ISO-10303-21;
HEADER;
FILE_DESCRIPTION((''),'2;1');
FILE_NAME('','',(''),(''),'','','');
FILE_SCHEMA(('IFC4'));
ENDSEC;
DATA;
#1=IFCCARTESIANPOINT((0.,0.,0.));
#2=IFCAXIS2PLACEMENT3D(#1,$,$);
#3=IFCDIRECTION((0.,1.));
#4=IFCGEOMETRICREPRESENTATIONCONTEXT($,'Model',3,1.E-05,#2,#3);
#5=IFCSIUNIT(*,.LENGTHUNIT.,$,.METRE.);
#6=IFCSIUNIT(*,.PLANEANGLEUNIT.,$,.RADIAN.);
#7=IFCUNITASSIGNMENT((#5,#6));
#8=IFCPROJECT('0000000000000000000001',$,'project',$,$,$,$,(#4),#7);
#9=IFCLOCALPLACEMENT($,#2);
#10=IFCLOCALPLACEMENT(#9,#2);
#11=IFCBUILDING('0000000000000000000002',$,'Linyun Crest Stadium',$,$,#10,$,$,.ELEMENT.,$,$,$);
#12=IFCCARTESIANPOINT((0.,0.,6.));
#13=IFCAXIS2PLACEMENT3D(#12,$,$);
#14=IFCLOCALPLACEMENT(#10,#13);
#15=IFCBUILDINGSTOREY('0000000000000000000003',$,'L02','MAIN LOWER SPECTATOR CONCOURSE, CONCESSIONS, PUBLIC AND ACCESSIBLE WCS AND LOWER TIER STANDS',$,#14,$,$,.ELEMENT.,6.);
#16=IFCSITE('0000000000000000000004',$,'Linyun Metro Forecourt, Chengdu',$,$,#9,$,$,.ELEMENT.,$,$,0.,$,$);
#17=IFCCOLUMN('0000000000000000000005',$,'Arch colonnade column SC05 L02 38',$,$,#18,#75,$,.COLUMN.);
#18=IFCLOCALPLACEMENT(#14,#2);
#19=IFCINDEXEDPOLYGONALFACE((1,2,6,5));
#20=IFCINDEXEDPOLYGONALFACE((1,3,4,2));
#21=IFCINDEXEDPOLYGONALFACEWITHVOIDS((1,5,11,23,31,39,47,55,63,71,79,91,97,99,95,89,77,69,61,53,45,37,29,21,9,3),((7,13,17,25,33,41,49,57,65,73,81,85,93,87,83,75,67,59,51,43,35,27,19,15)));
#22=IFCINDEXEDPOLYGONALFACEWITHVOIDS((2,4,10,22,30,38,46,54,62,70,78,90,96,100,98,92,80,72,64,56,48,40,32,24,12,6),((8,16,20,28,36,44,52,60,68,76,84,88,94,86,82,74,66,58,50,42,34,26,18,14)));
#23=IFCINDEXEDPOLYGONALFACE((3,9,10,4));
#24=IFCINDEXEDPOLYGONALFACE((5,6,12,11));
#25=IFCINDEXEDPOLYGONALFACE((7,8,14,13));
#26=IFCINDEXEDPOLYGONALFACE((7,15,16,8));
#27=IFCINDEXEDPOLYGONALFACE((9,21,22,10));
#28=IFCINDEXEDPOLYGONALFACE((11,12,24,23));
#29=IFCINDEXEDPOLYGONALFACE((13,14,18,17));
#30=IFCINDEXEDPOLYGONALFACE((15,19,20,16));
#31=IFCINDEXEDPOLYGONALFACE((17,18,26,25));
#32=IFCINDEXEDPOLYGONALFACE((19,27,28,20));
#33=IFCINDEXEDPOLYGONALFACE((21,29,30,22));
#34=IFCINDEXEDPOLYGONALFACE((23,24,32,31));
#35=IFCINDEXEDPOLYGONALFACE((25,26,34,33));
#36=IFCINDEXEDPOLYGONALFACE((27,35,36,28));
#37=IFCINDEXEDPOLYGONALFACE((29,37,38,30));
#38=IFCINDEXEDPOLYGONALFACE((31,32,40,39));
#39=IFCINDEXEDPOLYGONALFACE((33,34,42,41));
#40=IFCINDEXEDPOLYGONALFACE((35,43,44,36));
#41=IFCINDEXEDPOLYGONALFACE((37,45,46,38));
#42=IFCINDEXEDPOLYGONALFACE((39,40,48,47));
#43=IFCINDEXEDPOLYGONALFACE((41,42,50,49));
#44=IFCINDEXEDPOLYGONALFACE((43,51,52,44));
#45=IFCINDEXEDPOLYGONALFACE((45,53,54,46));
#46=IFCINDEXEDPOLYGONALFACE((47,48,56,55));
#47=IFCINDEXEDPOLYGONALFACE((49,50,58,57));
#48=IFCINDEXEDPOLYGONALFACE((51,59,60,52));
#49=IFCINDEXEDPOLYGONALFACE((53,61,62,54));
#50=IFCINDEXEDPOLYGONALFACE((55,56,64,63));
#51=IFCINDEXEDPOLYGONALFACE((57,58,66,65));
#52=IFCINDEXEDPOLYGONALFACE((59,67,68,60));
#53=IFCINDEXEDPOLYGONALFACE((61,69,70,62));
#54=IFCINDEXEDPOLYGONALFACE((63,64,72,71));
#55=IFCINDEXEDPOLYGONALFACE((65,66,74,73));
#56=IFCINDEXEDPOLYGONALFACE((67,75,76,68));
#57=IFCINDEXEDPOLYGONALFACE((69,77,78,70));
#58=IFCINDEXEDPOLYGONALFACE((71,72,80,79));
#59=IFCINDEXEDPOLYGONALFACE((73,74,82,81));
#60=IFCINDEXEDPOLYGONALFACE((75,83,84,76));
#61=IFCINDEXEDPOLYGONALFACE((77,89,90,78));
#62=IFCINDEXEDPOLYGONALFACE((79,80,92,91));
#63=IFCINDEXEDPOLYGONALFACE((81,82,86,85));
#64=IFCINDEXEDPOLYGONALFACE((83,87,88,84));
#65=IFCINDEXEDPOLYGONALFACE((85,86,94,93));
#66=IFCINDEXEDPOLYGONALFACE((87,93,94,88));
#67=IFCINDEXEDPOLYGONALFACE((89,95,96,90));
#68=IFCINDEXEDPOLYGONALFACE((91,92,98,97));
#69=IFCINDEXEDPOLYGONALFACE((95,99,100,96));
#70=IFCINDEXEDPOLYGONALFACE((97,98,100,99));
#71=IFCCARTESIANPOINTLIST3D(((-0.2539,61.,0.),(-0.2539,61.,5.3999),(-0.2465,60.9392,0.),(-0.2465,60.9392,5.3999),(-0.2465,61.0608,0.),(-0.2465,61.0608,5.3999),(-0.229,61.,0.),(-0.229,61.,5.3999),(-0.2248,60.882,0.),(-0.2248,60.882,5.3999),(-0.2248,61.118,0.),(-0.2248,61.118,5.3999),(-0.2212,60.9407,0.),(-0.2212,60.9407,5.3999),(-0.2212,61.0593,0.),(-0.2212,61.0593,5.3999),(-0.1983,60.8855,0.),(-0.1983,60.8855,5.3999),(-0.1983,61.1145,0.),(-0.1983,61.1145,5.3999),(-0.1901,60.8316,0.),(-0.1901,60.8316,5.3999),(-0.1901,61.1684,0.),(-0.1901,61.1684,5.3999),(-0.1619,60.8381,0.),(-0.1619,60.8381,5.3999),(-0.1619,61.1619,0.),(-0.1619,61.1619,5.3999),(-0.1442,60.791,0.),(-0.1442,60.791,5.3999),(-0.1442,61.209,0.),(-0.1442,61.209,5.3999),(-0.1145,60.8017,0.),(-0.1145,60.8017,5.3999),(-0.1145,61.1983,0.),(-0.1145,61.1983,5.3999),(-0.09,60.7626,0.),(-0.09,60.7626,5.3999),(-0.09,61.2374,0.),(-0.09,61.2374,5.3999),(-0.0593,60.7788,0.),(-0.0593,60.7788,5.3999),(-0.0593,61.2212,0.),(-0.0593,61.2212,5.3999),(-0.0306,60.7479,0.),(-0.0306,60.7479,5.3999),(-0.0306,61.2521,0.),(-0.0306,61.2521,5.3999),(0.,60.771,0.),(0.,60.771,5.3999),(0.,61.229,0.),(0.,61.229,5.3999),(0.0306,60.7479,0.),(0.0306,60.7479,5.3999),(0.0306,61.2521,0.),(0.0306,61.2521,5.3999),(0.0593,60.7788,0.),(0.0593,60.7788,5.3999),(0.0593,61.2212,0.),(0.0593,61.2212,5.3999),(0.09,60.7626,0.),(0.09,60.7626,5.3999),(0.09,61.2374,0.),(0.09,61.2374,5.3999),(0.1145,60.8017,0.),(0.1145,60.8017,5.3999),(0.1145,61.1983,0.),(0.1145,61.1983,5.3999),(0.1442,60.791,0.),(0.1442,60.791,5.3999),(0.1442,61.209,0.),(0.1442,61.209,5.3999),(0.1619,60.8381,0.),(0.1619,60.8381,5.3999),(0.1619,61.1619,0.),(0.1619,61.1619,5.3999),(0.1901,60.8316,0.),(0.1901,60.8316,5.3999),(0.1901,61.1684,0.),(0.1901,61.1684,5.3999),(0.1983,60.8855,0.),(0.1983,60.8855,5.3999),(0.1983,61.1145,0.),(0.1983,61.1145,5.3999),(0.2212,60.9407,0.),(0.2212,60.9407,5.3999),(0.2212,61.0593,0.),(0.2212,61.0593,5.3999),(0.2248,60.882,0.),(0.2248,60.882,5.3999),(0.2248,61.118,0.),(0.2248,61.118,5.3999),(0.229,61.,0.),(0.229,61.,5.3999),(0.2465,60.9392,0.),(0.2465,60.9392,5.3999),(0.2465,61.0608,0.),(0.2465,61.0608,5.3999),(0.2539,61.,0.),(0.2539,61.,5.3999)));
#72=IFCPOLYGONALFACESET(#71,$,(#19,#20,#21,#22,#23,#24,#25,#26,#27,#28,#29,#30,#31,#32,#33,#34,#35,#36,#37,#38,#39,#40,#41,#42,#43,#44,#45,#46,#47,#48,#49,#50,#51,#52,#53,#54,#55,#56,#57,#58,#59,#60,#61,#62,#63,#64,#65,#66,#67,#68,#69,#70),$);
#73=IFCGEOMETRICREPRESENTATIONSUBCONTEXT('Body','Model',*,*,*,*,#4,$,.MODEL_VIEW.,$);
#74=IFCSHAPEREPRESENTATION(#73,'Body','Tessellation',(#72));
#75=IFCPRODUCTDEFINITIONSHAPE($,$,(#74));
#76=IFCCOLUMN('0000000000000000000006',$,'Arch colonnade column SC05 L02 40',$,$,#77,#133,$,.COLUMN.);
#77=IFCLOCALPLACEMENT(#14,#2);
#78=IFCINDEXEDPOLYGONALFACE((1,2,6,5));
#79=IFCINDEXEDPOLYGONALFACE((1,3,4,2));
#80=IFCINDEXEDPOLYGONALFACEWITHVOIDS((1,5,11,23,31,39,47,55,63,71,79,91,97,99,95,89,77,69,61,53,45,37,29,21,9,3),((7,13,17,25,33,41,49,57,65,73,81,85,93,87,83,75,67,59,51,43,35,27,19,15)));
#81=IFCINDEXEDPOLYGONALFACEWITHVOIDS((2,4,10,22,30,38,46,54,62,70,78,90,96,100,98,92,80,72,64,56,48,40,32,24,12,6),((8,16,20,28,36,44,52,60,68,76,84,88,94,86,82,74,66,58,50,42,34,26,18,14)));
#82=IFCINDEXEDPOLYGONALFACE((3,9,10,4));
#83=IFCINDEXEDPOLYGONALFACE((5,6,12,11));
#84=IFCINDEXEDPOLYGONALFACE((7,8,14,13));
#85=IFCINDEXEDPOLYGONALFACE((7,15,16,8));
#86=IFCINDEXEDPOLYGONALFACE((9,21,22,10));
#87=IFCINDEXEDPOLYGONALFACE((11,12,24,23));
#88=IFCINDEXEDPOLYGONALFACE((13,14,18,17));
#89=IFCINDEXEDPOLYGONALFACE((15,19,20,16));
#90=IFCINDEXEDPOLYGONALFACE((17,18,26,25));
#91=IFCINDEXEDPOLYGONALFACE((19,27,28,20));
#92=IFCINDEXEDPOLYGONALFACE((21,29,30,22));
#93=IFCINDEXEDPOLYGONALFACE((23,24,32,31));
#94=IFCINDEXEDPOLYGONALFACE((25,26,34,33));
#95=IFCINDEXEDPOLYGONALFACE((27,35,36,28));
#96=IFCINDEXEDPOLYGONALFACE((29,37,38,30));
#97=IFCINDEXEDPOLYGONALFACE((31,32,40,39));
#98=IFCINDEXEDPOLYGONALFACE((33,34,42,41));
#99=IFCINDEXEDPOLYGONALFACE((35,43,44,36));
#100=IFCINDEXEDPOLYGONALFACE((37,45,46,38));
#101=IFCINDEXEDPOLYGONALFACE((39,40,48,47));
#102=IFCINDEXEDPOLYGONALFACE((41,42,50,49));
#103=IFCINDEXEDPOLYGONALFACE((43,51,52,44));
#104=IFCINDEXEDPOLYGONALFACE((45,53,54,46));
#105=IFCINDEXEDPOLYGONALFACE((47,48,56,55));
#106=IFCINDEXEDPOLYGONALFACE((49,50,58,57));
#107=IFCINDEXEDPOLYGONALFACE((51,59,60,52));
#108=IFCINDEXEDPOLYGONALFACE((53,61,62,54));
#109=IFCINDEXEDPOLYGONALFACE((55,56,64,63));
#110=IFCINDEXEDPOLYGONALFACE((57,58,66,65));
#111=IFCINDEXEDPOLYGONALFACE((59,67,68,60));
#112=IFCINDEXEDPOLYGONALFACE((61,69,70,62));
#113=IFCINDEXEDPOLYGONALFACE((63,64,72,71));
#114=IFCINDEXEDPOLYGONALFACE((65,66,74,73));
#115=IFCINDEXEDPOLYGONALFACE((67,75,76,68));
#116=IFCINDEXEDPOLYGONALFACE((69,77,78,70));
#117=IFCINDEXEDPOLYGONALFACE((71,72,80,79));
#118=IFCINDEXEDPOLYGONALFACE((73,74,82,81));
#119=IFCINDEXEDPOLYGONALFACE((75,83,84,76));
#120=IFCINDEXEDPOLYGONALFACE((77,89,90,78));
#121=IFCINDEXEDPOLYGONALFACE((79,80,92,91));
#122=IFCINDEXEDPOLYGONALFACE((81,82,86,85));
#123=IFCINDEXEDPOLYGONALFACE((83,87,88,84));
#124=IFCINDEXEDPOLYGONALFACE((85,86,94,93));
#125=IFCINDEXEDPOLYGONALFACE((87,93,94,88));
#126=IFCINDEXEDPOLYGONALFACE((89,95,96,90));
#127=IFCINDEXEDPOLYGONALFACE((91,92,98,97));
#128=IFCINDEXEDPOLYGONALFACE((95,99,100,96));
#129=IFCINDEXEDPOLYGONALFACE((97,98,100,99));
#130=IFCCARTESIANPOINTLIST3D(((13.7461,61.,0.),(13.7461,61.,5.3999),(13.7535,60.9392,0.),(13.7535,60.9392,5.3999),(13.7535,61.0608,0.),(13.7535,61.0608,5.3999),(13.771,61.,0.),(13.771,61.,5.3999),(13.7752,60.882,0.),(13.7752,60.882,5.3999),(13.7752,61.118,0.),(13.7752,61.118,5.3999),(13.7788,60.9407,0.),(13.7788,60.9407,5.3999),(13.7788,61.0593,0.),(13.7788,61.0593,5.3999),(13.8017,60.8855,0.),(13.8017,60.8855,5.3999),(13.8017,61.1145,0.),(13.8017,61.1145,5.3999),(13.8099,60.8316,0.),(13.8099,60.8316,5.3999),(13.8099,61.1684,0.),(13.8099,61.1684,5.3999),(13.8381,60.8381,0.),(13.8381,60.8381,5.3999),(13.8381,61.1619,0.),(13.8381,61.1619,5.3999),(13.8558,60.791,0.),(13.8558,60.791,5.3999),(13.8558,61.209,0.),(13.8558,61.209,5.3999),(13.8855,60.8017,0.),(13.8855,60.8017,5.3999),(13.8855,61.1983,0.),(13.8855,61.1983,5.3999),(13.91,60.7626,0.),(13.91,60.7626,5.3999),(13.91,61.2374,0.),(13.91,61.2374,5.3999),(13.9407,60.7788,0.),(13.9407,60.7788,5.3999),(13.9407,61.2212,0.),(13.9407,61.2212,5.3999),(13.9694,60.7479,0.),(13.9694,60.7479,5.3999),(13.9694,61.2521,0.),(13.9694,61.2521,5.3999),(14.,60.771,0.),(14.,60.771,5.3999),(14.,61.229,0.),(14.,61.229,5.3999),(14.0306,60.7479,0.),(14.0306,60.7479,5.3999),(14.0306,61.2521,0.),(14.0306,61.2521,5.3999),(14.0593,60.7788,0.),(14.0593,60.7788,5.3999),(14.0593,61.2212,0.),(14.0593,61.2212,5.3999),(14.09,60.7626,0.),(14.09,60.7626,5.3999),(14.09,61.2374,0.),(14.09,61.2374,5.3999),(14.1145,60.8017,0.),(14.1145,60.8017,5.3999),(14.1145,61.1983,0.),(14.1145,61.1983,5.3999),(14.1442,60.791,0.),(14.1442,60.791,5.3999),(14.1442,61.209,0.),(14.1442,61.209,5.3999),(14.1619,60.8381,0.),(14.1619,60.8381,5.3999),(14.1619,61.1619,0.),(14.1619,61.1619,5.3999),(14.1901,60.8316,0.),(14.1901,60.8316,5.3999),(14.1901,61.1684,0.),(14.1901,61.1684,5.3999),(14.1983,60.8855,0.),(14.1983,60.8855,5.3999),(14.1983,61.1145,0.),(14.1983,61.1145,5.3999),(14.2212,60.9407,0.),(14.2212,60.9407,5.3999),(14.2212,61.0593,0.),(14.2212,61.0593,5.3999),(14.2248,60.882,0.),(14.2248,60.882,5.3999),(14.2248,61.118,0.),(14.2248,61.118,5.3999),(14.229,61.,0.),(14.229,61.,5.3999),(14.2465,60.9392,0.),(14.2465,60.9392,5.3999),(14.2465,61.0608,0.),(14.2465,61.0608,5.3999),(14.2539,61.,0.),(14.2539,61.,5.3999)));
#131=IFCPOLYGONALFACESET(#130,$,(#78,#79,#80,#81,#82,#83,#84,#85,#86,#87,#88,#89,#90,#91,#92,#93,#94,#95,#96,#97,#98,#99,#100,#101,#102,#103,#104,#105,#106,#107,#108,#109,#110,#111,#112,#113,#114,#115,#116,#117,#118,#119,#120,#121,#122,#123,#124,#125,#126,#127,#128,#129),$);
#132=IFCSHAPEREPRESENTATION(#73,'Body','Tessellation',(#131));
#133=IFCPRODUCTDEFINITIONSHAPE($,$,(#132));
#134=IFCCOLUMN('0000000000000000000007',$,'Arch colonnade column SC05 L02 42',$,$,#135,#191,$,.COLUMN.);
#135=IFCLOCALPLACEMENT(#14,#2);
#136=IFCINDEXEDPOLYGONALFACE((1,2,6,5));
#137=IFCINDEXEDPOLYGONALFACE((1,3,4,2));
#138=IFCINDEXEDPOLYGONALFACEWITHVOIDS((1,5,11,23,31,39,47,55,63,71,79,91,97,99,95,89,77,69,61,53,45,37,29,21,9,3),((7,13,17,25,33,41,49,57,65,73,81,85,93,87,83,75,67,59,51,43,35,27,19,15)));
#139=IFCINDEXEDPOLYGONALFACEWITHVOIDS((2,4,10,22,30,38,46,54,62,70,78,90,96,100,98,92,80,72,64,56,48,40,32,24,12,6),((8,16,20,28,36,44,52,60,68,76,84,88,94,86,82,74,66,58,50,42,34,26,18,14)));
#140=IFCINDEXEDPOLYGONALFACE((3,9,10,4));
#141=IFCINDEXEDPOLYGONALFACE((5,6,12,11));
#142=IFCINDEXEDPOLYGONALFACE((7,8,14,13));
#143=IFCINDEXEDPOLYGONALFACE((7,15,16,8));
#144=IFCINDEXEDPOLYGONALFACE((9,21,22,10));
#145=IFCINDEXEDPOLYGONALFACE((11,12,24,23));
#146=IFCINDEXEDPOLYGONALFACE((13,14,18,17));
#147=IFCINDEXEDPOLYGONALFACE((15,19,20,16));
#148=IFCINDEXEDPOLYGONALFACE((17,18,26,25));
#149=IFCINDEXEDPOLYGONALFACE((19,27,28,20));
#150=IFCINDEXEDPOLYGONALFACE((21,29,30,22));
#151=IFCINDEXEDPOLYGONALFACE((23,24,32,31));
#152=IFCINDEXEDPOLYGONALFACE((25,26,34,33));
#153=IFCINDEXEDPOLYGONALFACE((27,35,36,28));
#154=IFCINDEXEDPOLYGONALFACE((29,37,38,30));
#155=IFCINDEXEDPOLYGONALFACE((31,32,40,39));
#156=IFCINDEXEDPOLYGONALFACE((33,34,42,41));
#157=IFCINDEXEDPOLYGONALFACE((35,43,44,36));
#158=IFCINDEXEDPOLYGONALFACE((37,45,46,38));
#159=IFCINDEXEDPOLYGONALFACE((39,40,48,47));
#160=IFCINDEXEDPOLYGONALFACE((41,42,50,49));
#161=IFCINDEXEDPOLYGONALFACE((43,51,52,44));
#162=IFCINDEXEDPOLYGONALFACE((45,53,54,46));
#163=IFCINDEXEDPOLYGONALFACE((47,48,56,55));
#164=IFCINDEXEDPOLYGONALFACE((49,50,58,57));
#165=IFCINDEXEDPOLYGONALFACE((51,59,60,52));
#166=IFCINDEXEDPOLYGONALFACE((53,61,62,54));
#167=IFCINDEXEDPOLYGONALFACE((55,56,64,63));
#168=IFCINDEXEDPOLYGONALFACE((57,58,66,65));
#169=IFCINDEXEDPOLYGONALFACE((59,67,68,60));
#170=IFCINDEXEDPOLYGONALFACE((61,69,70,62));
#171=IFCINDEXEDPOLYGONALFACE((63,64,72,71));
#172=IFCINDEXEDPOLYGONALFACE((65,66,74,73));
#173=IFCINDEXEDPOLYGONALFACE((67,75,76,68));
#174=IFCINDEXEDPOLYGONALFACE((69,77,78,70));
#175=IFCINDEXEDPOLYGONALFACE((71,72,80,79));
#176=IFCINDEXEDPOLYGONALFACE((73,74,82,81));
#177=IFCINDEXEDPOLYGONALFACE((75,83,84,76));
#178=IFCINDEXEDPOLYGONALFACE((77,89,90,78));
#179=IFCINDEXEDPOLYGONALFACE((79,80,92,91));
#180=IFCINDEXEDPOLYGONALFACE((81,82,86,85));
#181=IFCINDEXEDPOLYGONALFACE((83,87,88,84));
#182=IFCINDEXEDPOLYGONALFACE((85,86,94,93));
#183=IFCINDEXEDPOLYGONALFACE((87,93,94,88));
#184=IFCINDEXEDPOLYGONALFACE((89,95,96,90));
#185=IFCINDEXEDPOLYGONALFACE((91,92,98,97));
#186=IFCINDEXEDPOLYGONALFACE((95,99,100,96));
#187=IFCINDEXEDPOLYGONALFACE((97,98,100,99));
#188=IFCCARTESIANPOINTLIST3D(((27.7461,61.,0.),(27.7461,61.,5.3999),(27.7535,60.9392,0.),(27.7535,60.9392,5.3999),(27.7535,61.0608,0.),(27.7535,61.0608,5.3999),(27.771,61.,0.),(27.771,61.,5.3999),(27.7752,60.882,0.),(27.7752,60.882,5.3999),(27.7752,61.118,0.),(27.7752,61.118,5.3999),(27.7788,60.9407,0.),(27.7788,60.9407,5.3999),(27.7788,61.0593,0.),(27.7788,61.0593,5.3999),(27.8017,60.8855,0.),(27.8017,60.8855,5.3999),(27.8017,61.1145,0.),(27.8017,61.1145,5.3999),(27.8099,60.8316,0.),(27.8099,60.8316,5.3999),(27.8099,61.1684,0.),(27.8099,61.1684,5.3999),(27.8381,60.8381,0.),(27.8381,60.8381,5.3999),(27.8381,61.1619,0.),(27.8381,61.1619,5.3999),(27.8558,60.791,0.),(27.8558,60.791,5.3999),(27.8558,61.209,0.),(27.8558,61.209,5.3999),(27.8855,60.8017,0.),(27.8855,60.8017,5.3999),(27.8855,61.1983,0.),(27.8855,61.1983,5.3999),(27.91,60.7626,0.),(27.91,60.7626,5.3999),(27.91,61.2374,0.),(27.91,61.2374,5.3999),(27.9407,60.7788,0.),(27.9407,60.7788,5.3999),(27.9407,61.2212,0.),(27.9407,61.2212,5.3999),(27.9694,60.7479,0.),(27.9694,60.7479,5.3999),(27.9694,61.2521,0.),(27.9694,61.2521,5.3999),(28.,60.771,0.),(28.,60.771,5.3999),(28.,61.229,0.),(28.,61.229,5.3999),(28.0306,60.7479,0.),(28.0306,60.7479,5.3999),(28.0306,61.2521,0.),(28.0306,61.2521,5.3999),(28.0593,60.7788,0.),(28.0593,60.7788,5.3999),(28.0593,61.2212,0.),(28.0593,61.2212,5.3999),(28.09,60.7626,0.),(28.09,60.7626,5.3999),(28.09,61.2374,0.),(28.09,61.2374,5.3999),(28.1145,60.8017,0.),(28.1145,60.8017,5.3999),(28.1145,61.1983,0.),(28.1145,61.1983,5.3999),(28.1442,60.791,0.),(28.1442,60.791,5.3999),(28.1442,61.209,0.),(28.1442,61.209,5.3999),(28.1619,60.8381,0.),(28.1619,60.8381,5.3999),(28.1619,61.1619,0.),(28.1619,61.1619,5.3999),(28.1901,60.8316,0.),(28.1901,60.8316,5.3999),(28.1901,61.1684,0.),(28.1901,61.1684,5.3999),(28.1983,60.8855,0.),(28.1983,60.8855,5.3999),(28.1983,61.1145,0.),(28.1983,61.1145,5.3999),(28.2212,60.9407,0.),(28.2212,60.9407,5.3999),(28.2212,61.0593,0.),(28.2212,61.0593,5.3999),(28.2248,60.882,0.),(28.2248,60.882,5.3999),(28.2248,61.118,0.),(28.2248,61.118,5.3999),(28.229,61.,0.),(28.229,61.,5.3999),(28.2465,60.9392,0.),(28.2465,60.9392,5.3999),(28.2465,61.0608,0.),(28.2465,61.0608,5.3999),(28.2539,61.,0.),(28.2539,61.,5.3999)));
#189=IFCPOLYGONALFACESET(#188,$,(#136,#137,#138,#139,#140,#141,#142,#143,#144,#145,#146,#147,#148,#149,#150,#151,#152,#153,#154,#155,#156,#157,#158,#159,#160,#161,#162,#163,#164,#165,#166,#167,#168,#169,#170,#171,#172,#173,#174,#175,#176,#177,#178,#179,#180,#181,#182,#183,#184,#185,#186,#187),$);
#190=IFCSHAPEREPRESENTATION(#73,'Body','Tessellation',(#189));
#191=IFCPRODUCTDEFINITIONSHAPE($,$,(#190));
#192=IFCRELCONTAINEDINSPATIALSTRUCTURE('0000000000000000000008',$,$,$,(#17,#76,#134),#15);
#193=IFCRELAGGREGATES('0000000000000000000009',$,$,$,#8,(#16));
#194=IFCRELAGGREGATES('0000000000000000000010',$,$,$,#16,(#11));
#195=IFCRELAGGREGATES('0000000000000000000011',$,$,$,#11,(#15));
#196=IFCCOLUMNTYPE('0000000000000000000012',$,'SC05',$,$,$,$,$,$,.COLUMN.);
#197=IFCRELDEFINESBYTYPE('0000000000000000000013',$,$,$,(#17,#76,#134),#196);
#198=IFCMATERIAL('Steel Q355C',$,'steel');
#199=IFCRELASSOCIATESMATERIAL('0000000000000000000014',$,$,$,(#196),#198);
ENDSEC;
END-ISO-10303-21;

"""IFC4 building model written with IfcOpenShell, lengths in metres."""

from ifc_helpers import new_model, si_unit, direction, frame, origin, origin_2d, place, context, subcontext, project, spatial, hollow_circle, extrude, material, material_profile, profile_set, type_object, element, save


model = new_model("IFC4")

# Units and contexts
model_context = context("Model", 3, precision=1e-05, world=origin(), true_north=direction((0.0, 1.0)))
body_context = subcontext(model_context, "Body", "Model", "MODEL_VIEW")
ifc_project = project(units=[si_unit("LENGTHUNIT", "METRE"), si_unit("PLANEANGLEUNIT", "RADIAN")], contexts=[model_context])

# Site, building, storey
site_placement = place(None, origin())
site = spatial("IfcSite", under=ifc_project, at=site_placement, Name="Linyun Metro Forecourt, Chengdu", CompositionType="ELEMENT", RefElevation=0.0)
building_placement = place(site_placement, origin())
building = spatial("IfcBuilding", under=site, at=building_placement, Name="Linyun Crest Stadium", CompositionType="ELEMENT")
storey_placement = place(building_placement, frame((0.0, 0.0, 6.0)))
storey = spatial("IfcBuildingStorey", under=building, at=storey_placement, Name="L02", Description="MAIN LOWER SPECTATOR CONCOURSE, CONCESSIONS, PUBLIC AND ACCESSIBLE WCS AND LOWER TIER STANDS", CompositionType="ELEMENT", Elevation=6.0)

# Columns
ifc_material_1 = material(Name="Steel Q355C", Category="steel")
ifc_material_profile_1 = material_profile(ifc_material_1, hollow_circle(Radius=0.2539, WallThickness=0.0249, at=origin_2d()), Name="CHS 508x25")
ifc_profile_set_1 = profile_set([ifc_material_profile_1], Name="Steel Q355C")
column_type_1 = type_object("IfcColumnType", Name="SC05", PredefinedType="COLUMN", material=ifc_profile_set_1)
for number, where, z_axis, x_axis, name in (
    (1, (0.0, 61.0, 0.0), (0.0, 0.0, 1.0), (1.0, 0.0, 0.0), "Arch colonnade column SC05 L02 38"),
    (2, (14.0, 61.0, 0.0), (0.0, 0.0, 1.0), (1.0, 0.0, 0.0), "Arch colonnade column SC05 L02 40"),
    (3, (28.0, 61.0, 0.0), (0.0, 0.0, 1.0), (1.0, 0.0, 0.0), "Arch colonnade column SC05 L02 42"),
):
    element("IfcColumn", number, at=place(storey_placement, frame(where, z_axis=z_axis, x_axis=x_axis)), inside=storey, type_object=column_type_1, Name=name, PredefinedType="COLUMN", context=body_context, shape_type="SweptSolid", body=[
        extrude(hollow_circle(Radius=0.2539, WallThickness=0.0249, at=origin_2d()), origin(), (0.0, 0.0, 1.0), 5.3999),
    ])

save(model, "model.ifc")
